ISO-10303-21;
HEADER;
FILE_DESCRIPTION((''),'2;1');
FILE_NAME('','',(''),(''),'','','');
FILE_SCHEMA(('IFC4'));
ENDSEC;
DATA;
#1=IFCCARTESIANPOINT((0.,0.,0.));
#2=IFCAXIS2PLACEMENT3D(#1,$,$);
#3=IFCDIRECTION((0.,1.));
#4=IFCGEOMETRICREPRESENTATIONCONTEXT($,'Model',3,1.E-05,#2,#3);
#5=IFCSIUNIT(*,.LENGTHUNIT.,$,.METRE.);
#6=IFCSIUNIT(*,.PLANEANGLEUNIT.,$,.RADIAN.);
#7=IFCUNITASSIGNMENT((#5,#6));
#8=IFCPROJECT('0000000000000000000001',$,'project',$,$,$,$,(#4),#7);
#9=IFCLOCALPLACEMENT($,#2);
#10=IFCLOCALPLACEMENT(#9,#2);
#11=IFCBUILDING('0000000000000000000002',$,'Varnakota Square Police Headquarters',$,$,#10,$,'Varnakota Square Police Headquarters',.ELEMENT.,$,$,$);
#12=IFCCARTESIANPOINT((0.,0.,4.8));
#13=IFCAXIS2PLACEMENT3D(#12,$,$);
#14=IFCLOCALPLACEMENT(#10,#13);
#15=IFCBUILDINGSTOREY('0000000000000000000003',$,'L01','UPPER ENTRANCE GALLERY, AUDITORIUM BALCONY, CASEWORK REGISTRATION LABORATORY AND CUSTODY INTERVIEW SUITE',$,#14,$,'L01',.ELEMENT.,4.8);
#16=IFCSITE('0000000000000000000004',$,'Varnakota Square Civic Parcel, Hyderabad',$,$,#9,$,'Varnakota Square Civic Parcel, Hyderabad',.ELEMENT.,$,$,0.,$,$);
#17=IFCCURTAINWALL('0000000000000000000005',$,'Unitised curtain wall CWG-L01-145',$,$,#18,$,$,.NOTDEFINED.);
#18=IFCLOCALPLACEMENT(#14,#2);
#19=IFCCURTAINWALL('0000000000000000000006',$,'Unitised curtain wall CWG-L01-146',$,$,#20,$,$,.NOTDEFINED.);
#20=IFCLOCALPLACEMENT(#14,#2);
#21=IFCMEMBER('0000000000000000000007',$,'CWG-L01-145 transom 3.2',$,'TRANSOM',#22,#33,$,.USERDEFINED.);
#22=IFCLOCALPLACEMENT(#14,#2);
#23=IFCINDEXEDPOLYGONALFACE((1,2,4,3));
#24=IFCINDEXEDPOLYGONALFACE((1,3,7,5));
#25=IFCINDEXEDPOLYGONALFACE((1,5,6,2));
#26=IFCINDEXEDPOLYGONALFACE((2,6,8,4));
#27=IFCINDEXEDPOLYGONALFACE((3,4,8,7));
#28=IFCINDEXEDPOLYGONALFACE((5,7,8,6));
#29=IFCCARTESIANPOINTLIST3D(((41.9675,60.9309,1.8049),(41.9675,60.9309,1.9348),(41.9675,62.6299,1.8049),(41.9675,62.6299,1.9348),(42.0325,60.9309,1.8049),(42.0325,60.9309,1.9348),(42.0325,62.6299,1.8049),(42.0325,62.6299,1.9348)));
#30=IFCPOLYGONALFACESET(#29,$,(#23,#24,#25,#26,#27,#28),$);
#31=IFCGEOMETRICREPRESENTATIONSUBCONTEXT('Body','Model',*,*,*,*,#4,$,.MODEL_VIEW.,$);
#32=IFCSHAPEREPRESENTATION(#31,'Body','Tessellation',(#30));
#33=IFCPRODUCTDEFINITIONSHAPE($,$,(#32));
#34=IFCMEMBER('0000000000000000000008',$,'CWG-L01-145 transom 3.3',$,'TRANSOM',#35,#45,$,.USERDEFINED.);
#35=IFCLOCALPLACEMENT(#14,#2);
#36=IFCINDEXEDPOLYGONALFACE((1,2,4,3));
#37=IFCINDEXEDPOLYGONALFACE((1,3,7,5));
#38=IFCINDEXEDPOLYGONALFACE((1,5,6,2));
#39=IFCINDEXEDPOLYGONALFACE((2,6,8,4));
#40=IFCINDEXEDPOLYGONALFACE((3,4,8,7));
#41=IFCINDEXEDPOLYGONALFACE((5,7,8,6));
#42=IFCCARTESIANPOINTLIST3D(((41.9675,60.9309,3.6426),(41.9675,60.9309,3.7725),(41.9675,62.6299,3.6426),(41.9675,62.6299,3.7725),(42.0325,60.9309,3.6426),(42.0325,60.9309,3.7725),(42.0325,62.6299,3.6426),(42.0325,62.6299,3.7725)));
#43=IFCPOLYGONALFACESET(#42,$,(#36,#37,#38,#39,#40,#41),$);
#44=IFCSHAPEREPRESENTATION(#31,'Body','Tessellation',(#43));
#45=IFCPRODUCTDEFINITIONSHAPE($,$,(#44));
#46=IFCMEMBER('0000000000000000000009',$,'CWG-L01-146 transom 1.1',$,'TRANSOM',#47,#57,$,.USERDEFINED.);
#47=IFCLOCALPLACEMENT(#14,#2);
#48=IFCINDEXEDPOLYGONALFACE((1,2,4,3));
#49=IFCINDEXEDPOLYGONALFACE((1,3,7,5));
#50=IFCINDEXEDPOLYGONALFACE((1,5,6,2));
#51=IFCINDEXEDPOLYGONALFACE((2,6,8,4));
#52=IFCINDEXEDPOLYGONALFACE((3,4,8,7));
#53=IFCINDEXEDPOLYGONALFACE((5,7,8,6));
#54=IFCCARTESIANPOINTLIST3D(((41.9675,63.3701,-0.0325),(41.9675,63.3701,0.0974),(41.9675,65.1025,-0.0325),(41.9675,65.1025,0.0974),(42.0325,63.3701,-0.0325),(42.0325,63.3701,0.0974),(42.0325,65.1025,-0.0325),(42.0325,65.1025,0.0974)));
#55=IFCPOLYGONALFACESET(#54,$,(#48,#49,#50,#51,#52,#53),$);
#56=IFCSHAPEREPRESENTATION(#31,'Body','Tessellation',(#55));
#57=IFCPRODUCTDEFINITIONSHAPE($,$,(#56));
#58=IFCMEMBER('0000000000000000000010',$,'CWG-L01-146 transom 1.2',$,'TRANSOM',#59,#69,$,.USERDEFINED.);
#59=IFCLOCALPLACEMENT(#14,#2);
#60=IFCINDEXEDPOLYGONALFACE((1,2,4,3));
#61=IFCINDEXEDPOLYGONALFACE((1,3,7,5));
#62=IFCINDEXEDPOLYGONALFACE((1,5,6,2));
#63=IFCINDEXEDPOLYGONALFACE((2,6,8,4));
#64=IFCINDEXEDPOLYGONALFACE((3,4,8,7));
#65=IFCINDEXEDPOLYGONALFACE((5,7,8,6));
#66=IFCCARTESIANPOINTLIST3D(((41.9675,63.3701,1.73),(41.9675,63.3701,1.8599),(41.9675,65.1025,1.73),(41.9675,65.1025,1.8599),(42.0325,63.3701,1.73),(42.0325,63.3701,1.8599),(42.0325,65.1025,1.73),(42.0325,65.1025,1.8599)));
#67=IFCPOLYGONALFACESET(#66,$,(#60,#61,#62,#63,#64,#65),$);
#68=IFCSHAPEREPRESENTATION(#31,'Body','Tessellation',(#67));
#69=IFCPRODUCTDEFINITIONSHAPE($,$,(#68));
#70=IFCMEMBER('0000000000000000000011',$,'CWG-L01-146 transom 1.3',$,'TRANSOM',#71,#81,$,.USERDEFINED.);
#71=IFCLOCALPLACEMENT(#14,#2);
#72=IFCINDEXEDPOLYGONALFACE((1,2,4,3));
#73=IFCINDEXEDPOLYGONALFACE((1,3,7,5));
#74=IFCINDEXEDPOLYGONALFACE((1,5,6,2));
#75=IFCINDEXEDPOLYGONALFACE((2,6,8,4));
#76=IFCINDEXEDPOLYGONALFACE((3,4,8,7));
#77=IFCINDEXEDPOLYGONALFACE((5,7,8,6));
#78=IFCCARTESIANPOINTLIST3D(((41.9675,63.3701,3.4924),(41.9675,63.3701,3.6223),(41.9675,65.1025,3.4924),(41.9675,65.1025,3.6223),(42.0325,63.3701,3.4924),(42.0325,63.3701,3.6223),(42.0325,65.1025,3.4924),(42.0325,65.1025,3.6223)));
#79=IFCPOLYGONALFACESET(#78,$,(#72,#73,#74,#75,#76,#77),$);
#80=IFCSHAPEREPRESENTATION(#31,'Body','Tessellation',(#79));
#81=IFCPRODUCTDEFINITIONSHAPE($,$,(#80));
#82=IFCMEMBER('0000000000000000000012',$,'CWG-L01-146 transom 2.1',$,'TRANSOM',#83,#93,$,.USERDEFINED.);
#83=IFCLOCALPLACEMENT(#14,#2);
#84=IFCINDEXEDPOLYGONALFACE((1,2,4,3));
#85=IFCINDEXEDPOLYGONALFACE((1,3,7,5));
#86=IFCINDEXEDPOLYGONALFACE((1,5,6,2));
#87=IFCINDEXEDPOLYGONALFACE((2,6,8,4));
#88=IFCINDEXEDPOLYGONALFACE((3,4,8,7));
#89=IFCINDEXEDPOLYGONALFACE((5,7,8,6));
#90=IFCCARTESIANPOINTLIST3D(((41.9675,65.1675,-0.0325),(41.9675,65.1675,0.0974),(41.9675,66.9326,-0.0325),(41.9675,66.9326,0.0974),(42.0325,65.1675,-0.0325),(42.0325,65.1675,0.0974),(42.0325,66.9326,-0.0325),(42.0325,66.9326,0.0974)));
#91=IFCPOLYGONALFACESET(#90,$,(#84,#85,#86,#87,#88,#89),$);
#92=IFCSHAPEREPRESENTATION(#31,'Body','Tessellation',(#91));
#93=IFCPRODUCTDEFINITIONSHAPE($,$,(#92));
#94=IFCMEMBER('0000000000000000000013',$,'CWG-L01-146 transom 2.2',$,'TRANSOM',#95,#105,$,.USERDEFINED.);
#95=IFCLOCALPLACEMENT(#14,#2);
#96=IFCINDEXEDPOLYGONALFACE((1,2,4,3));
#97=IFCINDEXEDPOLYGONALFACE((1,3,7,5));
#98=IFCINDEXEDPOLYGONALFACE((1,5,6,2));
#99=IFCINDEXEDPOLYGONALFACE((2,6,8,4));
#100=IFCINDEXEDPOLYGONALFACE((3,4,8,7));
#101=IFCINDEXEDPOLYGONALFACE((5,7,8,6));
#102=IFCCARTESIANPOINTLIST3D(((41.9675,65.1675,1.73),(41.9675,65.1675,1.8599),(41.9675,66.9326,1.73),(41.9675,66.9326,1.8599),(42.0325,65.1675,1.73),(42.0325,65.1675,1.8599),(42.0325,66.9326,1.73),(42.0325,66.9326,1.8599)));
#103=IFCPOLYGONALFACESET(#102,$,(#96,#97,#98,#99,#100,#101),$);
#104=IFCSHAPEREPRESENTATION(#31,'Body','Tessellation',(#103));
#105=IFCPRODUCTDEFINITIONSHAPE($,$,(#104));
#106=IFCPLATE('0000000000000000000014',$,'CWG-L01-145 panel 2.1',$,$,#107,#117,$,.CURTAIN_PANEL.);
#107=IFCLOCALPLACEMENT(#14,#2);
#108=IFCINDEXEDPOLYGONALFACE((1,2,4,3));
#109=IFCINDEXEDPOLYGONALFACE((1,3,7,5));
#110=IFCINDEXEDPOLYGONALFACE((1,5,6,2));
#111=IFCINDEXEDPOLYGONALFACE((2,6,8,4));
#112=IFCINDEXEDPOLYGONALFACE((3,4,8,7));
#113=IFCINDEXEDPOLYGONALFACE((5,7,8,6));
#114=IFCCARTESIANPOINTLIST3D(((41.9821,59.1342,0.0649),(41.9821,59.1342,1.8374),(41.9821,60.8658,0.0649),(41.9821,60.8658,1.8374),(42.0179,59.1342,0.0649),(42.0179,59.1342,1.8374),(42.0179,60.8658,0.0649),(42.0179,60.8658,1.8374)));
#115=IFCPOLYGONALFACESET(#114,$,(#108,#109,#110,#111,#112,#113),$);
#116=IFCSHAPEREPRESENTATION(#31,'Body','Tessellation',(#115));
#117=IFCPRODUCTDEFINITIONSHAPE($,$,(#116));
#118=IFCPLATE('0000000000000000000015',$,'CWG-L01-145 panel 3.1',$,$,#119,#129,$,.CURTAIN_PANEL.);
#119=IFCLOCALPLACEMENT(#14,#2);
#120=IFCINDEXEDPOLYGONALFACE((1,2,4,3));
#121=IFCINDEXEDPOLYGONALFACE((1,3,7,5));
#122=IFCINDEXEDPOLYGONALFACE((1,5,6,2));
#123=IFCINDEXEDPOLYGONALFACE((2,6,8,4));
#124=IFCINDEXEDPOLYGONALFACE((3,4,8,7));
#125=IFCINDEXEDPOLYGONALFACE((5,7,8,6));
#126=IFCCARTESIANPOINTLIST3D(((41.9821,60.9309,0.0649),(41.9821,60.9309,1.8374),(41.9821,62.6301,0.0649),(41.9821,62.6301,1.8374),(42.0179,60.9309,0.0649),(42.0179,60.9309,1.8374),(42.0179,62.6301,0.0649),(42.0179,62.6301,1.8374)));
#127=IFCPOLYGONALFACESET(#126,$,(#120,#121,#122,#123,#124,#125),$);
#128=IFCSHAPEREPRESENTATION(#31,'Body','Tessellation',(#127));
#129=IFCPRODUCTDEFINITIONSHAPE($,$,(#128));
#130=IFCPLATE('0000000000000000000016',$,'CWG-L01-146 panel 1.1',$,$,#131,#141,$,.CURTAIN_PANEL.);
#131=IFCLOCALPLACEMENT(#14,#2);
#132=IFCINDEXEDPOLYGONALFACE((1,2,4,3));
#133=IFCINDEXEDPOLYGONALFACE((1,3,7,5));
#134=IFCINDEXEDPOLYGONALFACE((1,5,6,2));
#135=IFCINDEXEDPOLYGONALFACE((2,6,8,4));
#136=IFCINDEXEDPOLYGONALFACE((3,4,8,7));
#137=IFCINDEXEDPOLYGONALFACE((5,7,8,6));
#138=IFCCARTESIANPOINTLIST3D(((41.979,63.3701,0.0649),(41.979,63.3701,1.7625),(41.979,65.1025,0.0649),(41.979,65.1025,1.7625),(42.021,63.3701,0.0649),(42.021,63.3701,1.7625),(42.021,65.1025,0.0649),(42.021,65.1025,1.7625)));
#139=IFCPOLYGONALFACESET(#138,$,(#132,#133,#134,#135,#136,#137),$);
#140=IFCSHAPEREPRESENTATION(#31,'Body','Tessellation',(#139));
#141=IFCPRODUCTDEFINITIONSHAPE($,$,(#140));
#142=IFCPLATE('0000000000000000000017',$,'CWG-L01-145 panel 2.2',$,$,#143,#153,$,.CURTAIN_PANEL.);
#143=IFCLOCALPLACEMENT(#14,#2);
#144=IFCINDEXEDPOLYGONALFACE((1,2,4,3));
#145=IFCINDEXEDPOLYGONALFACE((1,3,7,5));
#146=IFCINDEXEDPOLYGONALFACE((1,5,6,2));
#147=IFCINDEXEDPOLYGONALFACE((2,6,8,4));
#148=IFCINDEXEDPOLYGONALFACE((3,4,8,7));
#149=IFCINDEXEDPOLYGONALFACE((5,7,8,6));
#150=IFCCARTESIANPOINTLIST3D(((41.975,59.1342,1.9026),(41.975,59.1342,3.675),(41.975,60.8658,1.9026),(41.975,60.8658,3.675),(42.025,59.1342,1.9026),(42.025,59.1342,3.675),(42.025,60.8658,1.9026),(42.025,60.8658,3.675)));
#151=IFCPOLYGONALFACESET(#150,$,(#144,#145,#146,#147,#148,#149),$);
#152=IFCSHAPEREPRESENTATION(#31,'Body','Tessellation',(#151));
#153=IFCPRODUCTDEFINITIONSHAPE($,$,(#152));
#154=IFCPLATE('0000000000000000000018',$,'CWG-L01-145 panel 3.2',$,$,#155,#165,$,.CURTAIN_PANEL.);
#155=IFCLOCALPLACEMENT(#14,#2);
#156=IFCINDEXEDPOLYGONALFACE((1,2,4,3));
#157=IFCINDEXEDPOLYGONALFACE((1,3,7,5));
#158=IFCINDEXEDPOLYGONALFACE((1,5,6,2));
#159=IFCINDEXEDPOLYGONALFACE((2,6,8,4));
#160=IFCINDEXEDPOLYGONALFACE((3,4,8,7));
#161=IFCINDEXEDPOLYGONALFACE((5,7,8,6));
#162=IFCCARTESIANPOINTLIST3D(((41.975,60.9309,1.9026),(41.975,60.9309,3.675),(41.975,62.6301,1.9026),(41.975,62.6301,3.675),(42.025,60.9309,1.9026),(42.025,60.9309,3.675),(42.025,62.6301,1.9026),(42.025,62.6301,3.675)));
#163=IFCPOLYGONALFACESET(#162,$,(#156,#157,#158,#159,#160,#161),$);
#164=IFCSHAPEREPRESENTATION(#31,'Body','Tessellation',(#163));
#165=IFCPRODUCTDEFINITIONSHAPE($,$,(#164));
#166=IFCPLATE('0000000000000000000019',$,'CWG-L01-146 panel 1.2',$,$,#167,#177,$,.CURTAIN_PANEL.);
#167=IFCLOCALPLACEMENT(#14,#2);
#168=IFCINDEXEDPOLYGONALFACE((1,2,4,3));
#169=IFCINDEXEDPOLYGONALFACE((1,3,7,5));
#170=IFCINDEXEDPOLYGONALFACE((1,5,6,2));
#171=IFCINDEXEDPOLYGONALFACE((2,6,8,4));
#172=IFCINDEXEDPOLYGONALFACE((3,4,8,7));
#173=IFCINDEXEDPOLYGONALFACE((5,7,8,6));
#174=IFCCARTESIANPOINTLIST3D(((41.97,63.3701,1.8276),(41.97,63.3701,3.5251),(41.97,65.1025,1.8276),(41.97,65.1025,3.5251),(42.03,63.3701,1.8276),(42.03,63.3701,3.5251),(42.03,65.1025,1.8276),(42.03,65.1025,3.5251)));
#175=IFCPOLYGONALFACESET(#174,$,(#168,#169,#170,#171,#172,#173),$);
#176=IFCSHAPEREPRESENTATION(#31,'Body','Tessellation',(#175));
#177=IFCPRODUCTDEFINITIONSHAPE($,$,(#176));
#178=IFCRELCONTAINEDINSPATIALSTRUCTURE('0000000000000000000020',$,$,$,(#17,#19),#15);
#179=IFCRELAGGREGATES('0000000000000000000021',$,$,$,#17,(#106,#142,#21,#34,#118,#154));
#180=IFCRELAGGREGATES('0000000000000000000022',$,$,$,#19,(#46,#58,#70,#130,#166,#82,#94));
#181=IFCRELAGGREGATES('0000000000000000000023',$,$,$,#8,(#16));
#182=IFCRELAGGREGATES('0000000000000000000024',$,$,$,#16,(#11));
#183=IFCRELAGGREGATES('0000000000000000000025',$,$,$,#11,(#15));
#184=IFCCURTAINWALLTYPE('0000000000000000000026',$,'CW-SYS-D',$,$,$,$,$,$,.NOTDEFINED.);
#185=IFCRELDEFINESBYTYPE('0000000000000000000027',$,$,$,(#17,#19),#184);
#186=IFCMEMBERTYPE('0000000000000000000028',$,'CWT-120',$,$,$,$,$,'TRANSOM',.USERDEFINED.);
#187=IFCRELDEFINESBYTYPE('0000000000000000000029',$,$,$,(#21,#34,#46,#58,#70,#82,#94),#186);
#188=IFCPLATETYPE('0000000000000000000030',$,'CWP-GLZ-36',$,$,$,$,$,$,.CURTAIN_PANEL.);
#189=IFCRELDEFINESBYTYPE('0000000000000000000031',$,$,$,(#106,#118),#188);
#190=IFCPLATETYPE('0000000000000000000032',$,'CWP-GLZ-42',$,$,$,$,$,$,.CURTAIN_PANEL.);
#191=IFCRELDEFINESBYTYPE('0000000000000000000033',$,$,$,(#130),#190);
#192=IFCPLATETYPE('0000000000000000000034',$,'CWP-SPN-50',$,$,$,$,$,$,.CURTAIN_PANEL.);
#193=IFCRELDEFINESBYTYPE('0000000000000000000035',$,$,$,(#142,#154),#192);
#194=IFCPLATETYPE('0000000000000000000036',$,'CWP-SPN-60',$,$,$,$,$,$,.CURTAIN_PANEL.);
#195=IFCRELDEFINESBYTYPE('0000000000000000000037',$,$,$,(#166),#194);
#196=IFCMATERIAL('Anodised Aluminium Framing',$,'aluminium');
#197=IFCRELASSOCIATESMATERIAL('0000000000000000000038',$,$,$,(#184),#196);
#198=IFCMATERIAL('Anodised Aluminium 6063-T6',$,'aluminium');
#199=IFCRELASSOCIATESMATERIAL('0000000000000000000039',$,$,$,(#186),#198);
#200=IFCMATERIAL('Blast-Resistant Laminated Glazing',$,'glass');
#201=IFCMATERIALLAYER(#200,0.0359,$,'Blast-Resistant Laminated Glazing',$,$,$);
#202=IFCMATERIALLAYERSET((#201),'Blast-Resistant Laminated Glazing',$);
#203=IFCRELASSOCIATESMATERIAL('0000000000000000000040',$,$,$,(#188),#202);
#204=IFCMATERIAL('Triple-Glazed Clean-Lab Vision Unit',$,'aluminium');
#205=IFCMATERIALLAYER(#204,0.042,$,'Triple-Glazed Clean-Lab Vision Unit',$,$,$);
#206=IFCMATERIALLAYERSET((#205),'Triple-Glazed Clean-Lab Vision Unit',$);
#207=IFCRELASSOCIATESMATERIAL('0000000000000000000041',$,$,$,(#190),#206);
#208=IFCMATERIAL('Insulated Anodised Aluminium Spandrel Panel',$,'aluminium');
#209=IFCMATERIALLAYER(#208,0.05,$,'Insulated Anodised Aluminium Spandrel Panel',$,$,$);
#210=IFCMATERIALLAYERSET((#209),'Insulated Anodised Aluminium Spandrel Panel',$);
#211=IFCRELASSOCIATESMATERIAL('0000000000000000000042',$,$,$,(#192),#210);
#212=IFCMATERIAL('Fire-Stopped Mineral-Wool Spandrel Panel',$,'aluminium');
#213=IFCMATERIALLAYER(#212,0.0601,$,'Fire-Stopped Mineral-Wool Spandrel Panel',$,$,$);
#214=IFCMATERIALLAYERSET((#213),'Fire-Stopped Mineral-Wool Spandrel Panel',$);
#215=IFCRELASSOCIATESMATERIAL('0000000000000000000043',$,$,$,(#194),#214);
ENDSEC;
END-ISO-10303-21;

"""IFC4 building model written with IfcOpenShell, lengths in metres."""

from ifc_helpers import new_model, si_unit, direction, frame, origin, origin_2d, place, context, subcontext, project, spatial, rectangle, extrude, material, layer, layer_set, material_profile, profile_set, type_object, element, aggregate, save


model = new_model("IFC4")

# Units and contexts
model_context = context("Model", 3, precision=1e-05, world=origin(), true_north=direction((0.0, 1.0)))
body_context = subcontext(model_context, "Body", "Model", "MODEL_VIEW")
ifc_project = project(units=[si_unit("LENGTHUNIT", "METRE"), si_unit("PLANEANGLEUNIT", "RADIAN")], contexts=[model_context])

# Site, building, storey
site_placement = place(None, origin())
site = spatial("IfcSite", under=ifc_project, at=site_placement, Name="Varnakota Square Civic Parcel, Hyderabad", LongName="Varnakota Square Civic Parcel, Hyderabad", CompositionType="ELEMENT", RefElevation=0.0)
building_placement = place(site_placement, origin())
building = spatial("IfcBuilding", under=site, at=building_placement, Name="Varnakota Square Police Headquarters", LongName="Varnakota Square Police Headquarters", CompositionType="ELEMENT")
storey_placement = place(building_placement, frame((0.0, 0.0, 4.8)))
storey = spatial("IfcBuildingStorey", under=building, at=storey_placement, Name="L01", Description="UPPER ENTRANCE GALLERY, AUDITORIUM BALCONY, CASEWORK REGISTRATION LABORATORY AND CUSTODY INTERVIEW SUITE", LongName="L01", CompositionType="ELEMENT", Elevation=4.8)

# Curtain walls
ifc_material_1 = material(Name="Anodised Aluminium Framing", Category="aluminium")
curtain_wall_type = type_object("IfcCurtainWallType", Name="CW-SYS-D", PredefinedType="NOTDEFINED", material=ifc_material_1)
curtain_wall_1_placement = place(storey_placement, origin())
curtain_wall_1 = element("IfcCurtainWall", 1, at=curtain_wall_1_placement, inside=storey, type_object=curtain_wall_type, Name="Unitised curtain wall CWG-L01-145", PredefinedType="NOTDEFINED")
ifc_material_2 = material(Name="Anodised Aluminium 6063-T6", Category="aluminium")
curtain_wall_2_placement = place(storey_placement, origin())
curtain_wall_2 = element("IfcCurtainWall", 2, at=curtain_wall_2_placement, inside=storey, type_object=curtain_wall_type, Name="Unitised curtain wall CWG-L01-146", PredefinedType="NOTDEFINED")

# Members
ifc_material_profile_1 = material_profile(ifc_material_2, rectangle(XDim=0.0649, YDim=0.1299, at=origin_2d()), Name="ALU TRANSOM 65x130")
ifc_profile_set_1 = profile_set([ifc_material_profile_1], Name="Anodised Aluminium 6063-T6")
member_type_1 = type_object("IfcMemberType", Name="CWT-120", ElementType="TRANSOM", PredefinedType="USERDEFINED", material=ifc_profile_set_1)
member_1_placement = place(storey_placement, frame((42.0, 60.9309, 1.8699), z_axis=(0.0, 1.0, 0.0), x_axis=(-1.0, 0.0, 0.0)))
member_1 = element("IfcMember", 3, at=member_1_placement, type_object=member_type_1, Name="CWG-L01-145 transom 3.2", ObjectType="TRANSOM", PredefinedType="USERDEFINED", context=body_context, shape_type="SweptSolid", body=[
    extrude(rectangle(XDim=0.0649, YDim=0.1299, at=origin_2d()), origin(), (0.0, 0.0, 1.0), 1.699),
])
member_2_placement = place(storey_placement, frame((42.0, 60.9309, 3.7075), z_axis=(0.0, 1.0, 0.0), x_axis=(-1.0, 0.0, 0.0)))
member_2 = element("IfcMember", 4, at=member_2_placement, type_object=member_type_1, Name="CWG-L01-145 transom 3.3", ObjectType="TRANSOM", PredefinedType="USERDEFINED", context=body_context, shape_type="SweptSolid", body=[
    extrude(rectangle(XDim=0.0649, YDim=0.1299, at=origin_2d()), origin(), (0.0, 0.0, 1.0), 1.699),
])
member_3_placement = place(storey_placement, frame((42.0, 63.3701, 0.0325), z_axis=(0.0, 1.0, 0.0), x_axis=(-1.0, 0.0, 0.0)))
member_3 = element("IfcMember", 5, at=member_3_placement, type_object=member_type_1, Name="CWG-L01-146 transom 1.1", ObjectType="TRANSOM", PredefinedType="USERDEFINED", context=body_context, shape_type="SweptSolid", body=[
    extrude(rectangle(XDim=0.0649, YDim=0.1299, at=origin_2d()), origin(), (0.0, 0.0, 1.0), 1.7324),
])
member_4_placement = place(storey_placement, frame((42.0, 63.3701, 1.7949), z_axis=(0.0, 1.0, 0.0), x_axis=(-1.0, 0.0, 0.0)))
member_4 = element("IfcMember", 6, at=member_4_placement, type_object=member_type_1, Name="CWG-L01-146 transom 1.2", ObjectType="TRANSOM", PredefinedType="USERDEFINED", context=body_context, shape_type="SweptSolid", body=[
    extrude(rectangle(XDim=0.0649, YDim=0.1299, at=origin_2d()), origin(), (0.0, 0.0, 1.0), 1.7324),
])
member_5_placement = place(storey_placement, frame((42.0, 63.3701, 3.5574), z_axis=(0.0, 1.0, 0.0), x_axis=(-1.0, 0.0, 0.0)))
member_5 = element("IfcMember", 7, at=member_5_placement, type_object=member_type_1, Name="CWG-L01-146 transom 1.3", ObjectType="TRANSOM", PredefinedType="USERDEFINED", context=body_context, shape_type="SweptSolid", body=[
    extrude(rectangle(XDim=0.0649, YDim=0.1299, at=origin_2d()), origin(), (0.0, 0.0, 1.0), 1.7324),
])
member_6_placement = place(storey_placement, frame((42.0, 65.1675, 0.0325), z_axis=(0.0, 1.0, 0.0), x_axis=(-1.0, 0.0, 0.0)))
member_6 = element("IfcMember", 8, at=member_6_placement, type_object=member_type_1, Name="CWG-L01-146 transom 2.1", ObjectType="TRANSOM", PredefinedType="USERDEFINED", context=body_context, shape_type="SweptSolid", body=[
    extrude(rectangle(XDim=0.0649, YDim=0.1299, at=origin_2d()), origin(), (0.0, 0.0, 1.0), 1.7651),
])
member_7_placement = place(storey_placement, frame((42.0, 65.1675, 1.7949), z_axis=(0.0, 1.0, 0.0), x_axis=(-1.0, 0.0, 0.0)))
member_7 = element("IfcMember", 9, at=member_7_placement, type_object=member_type_1, Name="CWG-L01-146 transom 2.2", ObjectType="TRANSOM", PredefinedType="USERDEFINED", context=body_context, shape_type="SweptSolid", body=[
    extrude(rectangle(XDim=0.0649, YDim=0.1299, at=origin_2d()), origin(), (0.0, 0.0, 1.0), 1.7651),
])

# Plates
ifc_material_3 = material(Name="Blast-Resistant Laminated Glazing", Category="glass")
ifc_layer_1 = layer(ifc_material_3, 0.0359, Name="Blast-Resistant Laminated Glazing")
ifc_layer_set_1 = layer_set([ifc_layer_1], Name="Blast-Resistant Laminated Glazing")
plate_type_1 = type_object("IfcPlateType", Name="CWP-GLZ-36", PredefinedType="CURTAIN_PANEL", material=ifc_layer_set_1)
plate_1_placement = place(storey_placement, frame((42.0, 60.0, 0.0649), z_axis=(0.0, 0.0, 1.0), x_axis=(0.0, 1.0, 0.0)))
plate_1 = element("IfcPlate", 10, at=plate_1_placement, type_object=plate_type_1, Name="CWG-L01-145 panel 2.1", PredefinedType="CURTAIN_PANEL", context=body_context, shape_type="SweptSolid", body=[
    extrude(rectangle(XDim=1.7317, YDim=0.0359, at=origin_2d()), origin(), (0.0, 0.0, 1.0), 1.7725),
])
plate_2_placement = place(storey_placement, frame((42.0, 61.7805, 0.0649), z_axis=(0.0, 0.0, 1.0), x_axis=(0.0, 1.0, 0.0)))
plate_2 = element("IfcPlate", 11, at=plate_2_placement, type_object=plate_type_1, Name="CWG-L01-145 panel 3.1", PredefinedType="CURTAIN_PANEL", context=body_context, shape_type="SweptSolid", body=[
    extrude(rectangle(XDim=1.6992, YDim=0.0359, at=origin_2d()), origin(), (0.0, 0.0, 1.0), 1.7725),
])
ifc_material_4 = material(Name="Triple-Glazed Clean-Lab Vision Unit", Category="aluminium")
ifc_layer_2 = layer(ifc_material_4, 0.042, Name="Triple-Glazed Clean-Lab Vision Unit")
ifc_layer_set_2 = layer_set([ifc_layer_2], Name="Triple-Glazed Clean-Lab Vision Unit")
plate_type_2 = type_object("IfcPlateType", Name="CWP-GLZ-42", PredefinedType="CURTAIN_PANEL", material=ifc_layer_set_2)
plate_3_placement = place(storey_placement, frame((42.0, 64.2363, 0.0649), z_axis=(0.0, 0.0, 1.0), x_axis=(0.0, 1.0, 0.0)))
plate_3 = element("IfcPlate", 12, at=plate_3_placement, type_object=plate_type_2, Name="CWG-L01-146 panel 1.1", PredefinedType="CURTAIN_PANEL", context=body_context, shape_type="SweptSolid", body=[
    extrude(rectangle(XDim=1.7324, YDim=0.042, at=origin_2d()), origin(), (0.0, 0.0, 1.0), 1.6975),
])
ifc_material_5 = material(Name="Insulated Anodised Aluminium Spandrel Panel", Category="aluminium")
ifc_layer_3 = layer(ifc_material_5, 0.05, Name="Insulated Anodised Aluminium Spandrel Panel")
ifc_layer_set_3 = layer_set([ifc_layer_3], Name="Insulated Anodised Aluminium Spandrel Panel")
plate_type_3 = type_object("IfcPlateType", Name="CWP-SPN-50", PredefinedType="CURTAIN_PANEL", material=ifc_layer_set_3)
plate_4_placement = place(storey_placement, frame((42.0, 60.0, 1.9026), z_axis=(0.0, 0.0, 1.0), x_axis=(0.0, 1.0, 0.0)))
plate_4 = element("IfcPlate", 13, at=plate_4_placement, type_object=plate_type_3, Name="CWG-L01-145 panel 2.2", PredefinedType="CURTAIN_PANEL", context=body_context, shape_type="SweptSolid", body=[
    extrude(rectangle(XDim=1.7317, YDim=0.05, at=origin_2d()), origin(), (0.0, 0.0, 1.0), 1.7725),
])
plate_5_placement = place(storey_placement, frame((42.0, 61.7805, 1.9026), z_axis=(0.0, 0.0, 1.0), x_axis=(0.0, 1.0, 0.0)))
plate_5 = element("IfcPlate", 14, at=plate_5_placement, type_object=plate_type_3, Name="CWG-L01-145 panel 3.2", PredefinedType="CURTAIN_PANEL", context=body_context, shape_type="SweptSolid", body=[
    extrude(rectangle(XDim=1.6992, YDim=0.05, at=origin_2d()), origin(), (0.0, 0.0, 1.0), 1.7725),
])
aggregate(curtain_wall_1, [plate_1, plate_4, member_1, member_2, plate_2, plate_5])
ifc_material_6 = material(Name="Fire-Stopped Mineral-Wool Spandrel Panel", Category="aluminium")
ifc_layer_4 = layer(ifc_material_6, 0.0601, Name="Fire-Stopped Mineral-Wool Spandrel Panel")
ifc_layer_set_4 = layer_set([ifc_layer_4], Name="Fire-Stopped Mineral-Wool Spandrel Panel")
plate_type_4 = type_object("IfcPlateType", Name="CWP-SPN-60", PredefinedType="CURTAIN_PANEL", material=ifc_layer_set_4)
plate_6_placement = place(storey_placement, frame((42.0, 64.2363, 1.8276), z_axis=(0.0, 0.0, 1.0), x_axis=(0.0, 1.0, 0.0)))
plate_6 = element("IfcPlate", 15, at=plate_6_placement, type_object=plate_type_4, Name="CWG-L01-146 panel 1.2", PredefinedType="CURTAIN_PANEL", context=body_context, shape_type="SweptSolid", body=[
    extrude(rectangle(XDim=1.7324, YDim=0.0601, at=origin_2d()), origin(), (0.0, 0.0, 1.0), 1.6975),
])
aggregate(curtain_wall_2, [member_3, member_4, member_5, plate_3, plate_6, member_6, member_7])

save(model, "model.ifc")
